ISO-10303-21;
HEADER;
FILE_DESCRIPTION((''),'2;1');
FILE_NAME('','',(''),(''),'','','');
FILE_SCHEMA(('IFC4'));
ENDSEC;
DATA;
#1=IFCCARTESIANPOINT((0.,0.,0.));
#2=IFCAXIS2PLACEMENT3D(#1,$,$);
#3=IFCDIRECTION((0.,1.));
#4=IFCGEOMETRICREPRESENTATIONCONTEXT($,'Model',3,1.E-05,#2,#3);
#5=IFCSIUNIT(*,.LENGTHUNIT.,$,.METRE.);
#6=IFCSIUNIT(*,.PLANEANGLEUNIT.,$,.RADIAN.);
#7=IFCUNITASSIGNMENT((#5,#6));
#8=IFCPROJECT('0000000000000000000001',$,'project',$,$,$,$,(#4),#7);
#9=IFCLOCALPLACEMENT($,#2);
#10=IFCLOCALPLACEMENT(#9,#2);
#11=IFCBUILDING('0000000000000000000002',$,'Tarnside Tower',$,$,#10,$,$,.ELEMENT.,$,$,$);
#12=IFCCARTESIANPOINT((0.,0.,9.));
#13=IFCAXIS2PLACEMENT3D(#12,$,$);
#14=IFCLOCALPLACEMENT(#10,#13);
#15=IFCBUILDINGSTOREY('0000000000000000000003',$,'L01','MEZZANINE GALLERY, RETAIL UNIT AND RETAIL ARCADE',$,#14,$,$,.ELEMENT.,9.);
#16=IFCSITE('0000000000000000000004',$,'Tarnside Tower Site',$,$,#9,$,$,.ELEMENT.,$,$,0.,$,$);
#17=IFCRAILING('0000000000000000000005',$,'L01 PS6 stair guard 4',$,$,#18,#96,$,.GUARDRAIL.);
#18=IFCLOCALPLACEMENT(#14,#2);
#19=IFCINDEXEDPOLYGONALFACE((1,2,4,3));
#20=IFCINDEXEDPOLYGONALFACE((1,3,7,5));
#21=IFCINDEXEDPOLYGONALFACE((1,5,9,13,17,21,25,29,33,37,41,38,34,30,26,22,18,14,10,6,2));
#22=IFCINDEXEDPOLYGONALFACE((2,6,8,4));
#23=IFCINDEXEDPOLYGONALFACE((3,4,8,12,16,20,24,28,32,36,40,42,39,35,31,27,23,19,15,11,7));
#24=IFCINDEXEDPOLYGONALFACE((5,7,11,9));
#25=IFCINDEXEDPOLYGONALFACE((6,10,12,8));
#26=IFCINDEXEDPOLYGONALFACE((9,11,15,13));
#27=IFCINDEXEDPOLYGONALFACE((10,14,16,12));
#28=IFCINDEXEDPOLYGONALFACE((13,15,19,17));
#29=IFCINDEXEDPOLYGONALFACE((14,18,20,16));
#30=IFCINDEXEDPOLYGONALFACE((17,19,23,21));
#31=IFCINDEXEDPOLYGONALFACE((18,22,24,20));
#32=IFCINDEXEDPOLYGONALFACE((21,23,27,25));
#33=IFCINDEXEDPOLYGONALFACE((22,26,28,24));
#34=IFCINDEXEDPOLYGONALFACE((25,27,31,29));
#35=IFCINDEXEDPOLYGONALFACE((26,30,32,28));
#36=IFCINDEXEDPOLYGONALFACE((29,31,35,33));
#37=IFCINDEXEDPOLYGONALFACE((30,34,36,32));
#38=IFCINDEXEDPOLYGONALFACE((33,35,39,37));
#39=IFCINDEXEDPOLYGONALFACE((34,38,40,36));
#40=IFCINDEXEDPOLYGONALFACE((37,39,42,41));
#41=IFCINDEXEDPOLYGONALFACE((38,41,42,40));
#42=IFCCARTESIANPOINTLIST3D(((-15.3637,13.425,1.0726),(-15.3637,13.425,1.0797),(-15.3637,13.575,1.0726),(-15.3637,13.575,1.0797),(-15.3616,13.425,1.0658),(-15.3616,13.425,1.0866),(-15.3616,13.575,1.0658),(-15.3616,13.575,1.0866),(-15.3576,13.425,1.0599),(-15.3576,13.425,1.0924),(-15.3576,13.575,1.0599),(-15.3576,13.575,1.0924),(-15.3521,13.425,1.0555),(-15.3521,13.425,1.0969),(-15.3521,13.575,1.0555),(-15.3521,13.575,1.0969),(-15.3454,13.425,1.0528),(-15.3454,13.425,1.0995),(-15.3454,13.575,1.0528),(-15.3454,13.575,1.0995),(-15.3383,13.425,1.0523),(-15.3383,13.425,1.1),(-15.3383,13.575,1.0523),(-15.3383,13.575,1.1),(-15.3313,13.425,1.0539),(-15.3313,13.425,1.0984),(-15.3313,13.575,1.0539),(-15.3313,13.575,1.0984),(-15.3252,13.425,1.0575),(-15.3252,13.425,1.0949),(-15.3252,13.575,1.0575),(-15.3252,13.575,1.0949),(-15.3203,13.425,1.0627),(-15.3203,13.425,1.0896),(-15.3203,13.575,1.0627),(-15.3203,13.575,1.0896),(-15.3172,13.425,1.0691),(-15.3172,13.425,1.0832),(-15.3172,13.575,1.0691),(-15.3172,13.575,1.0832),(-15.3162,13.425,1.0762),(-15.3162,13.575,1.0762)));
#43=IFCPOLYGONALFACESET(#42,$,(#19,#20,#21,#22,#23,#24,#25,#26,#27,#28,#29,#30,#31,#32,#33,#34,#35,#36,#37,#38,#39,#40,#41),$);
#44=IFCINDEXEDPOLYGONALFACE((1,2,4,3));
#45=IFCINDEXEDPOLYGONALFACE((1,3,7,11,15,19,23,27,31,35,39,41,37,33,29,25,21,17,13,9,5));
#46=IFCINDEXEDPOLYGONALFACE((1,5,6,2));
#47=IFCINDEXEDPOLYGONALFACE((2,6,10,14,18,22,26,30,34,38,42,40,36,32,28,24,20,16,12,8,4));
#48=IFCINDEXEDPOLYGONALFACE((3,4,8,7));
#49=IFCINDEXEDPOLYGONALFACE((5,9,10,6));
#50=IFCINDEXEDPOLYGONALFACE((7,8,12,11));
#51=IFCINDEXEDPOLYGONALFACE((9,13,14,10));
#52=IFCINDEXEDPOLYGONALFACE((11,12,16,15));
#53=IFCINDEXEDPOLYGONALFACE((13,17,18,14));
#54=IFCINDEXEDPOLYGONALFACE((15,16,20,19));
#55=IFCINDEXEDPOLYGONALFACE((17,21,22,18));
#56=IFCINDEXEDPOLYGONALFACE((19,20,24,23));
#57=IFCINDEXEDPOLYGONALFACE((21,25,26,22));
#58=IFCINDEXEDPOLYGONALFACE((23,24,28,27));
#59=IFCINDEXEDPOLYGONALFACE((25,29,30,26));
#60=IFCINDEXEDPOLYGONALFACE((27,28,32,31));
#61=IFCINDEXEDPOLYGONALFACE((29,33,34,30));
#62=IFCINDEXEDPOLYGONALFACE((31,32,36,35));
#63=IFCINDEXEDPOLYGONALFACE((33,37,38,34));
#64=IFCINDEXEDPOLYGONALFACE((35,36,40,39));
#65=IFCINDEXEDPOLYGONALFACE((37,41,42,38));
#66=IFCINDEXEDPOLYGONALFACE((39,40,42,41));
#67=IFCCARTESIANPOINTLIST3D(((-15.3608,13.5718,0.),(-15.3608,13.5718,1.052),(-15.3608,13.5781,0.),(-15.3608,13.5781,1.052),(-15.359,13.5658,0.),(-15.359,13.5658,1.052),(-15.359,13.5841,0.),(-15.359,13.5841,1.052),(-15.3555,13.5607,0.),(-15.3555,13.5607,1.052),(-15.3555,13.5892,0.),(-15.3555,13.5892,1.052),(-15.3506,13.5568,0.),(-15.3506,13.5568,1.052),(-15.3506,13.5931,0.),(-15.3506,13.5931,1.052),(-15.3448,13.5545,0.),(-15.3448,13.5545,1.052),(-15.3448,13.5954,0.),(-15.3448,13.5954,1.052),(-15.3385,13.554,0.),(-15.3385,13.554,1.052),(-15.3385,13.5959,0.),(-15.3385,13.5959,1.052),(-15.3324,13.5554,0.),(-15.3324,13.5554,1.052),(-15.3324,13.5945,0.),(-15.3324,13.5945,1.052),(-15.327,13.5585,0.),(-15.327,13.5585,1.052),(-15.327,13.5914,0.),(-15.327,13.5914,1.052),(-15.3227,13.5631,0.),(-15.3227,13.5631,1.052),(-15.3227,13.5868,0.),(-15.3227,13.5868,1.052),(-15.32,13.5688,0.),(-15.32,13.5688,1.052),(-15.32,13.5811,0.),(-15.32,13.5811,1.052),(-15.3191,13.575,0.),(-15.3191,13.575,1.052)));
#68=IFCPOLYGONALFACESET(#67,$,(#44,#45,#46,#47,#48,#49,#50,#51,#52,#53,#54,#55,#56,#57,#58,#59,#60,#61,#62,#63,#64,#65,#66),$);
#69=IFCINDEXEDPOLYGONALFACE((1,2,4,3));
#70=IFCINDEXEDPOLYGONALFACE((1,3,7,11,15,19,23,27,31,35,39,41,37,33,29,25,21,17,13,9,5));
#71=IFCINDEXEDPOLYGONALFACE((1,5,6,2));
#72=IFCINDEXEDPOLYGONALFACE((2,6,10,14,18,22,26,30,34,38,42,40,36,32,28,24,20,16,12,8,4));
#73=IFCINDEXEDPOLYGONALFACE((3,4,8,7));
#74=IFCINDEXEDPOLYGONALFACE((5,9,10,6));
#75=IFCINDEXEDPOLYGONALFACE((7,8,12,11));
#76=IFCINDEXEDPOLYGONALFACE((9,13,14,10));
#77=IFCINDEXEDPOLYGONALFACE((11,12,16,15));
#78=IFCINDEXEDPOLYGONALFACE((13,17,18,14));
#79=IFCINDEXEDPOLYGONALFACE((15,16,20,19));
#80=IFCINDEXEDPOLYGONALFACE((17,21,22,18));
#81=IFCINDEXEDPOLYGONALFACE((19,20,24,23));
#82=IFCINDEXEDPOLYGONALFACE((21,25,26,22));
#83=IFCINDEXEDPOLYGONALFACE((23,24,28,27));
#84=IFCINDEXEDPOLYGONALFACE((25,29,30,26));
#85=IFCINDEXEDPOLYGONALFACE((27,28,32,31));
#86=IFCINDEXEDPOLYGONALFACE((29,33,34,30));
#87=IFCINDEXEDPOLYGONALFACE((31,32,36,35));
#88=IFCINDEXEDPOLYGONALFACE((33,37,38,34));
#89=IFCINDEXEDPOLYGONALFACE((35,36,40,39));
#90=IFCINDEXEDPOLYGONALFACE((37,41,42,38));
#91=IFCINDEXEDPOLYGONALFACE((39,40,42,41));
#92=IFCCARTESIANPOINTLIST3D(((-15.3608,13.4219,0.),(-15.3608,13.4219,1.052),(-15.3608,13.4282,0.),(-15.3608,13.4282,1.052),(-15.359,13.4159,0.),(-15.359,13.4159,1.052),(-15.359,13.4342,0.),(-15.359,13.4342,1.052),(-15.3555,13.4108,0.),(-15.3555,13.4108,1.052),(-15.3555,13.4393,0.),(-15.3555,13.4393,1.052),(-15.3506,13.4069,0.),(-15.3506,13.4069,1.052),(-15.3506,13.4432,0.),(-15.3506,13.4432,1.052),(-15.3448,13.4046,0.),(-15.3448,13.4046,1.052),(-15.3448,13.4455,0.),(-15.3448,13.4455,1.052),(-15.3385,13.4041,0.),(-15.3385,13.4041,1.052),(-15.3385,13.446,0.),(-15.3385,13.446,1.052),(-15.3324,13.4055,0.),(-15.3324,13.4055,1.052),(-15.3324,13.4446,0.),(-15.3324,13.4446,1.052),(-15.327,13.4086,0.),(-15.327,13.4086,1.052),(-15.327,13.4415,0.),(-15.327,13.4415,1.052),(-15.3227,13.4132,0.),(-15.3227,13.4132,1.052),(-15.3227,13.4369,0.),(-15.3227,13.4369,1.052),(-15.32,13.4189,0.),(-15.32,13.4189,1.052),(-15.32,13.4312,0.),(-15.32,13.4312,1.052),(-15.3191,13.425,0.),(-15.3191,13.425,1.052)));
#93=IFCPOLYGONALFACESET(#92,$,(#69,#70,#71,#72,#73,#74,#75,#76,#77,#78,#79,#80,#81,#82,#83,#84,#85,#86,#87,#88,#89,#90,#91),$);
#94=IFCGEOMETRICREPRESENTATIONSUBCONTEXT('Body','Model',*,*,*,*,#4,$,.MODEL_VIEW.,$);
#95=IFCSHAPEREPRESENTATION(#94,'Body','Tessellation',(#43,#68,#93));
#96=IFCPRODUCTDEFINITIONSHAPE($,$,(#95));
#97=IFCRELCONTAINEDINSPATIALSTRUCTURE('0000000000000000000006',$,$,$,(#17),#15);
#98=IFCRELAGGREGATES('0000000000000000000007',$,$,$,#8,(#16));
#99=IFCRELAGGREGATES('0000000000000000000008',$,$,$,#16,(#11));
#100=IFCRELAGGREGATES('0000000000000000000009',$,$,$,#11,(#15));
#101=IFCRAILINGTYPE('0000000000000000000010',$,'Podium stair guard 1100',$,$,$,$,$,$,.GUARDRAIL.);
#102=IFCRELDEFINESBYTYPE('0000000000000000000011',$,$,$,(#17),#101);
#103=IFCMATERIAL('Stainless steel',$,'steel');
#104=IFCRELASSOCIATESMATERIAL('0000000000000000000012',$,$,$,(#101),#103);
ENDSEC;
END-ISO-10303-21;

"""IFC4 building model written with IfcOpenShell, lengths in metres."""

from ifc_helpers import new_model, si_unit, direction, frame, origin, origin_2d, place, context, subcontext, project, spatial, circle, extrude, material, type_object, element, save


model = new_model("IFC4")

# Units and contexts
model_context = context("Model", 3, precision=1e-05, world=origin(), true_north=direction((0.0, 1.0)))
body_context = subcontext(model_context, "Body", "Model", "MODEL_VIEW")
ifc_project = project(units=[si_unit("LENGTHUNIT", "METRE"), si_unit("PLANEANGLEUNIT", "RADIAN")], contexts=[model_context])

# Site, building, storey
site_placement = place(None, origin())
site = spatial("IfcSite", under=ifc_project, at=site_placement, Name="Tarnside Tower Site", CompositionType="ELEMENT", RefElevation=0.0)
building_placement = place(site_placement, origin())
building = spatial("IfcBuilding", under=site, at=building_placement, Name="Tarnside Tower", CompositionType="ELEMENT")
storey_placement = place(building_placement, frame((0.0, 0.0, 9.0)))
storey = spatial("IfcBuildingStorey", under=building, at=storey_placement, Name="L01", Description="MEZZANINE GALLERY, RETAIL UNIT AND RETAIL ARCADE", CompositionType="ELEMENT", Elevation=9.0)

# Railing
ifc_material_1 = material(Name="Stainless steel", Category="steel")
railing_type_1 = type_object("IfcRailingType", Name="Podium stair guard 1100", PredefinedType="GUARDRAIL", material=ifc_material_1)
railing_1_placement = place(storey_placement, frame((-15.3401, 13.575, 0.0)))
element("IfcRailing", 1, at=railing_1_placement, inside=storey, type_object=railing_type_1, Name="L01 PS6 stair guard 4", PredefinedType="GUARDRAIL", context=body_context, shape_type="SweptSolid", body=[
    extrude(circle(Radius=0.0239, at=origin_2d()), frame((0.0, 0.0, 1.0762), z_axis=(0.0, -1.0, 0.0), x_axis=(1.0, 0.0, 0.0)), (0.0, 0.0, 1.0), 0.1499),
    extrude(circle(Radius=0.021, at=origin_2d()), origin(), (0.0, 0.0, 1.0), 1.052),
    extrude(circle(Radius=0.021, at=origin_2d()), frame((0.0, -0.1499, 0.0)), (0.0, 0.0, 1.0), 1.052),
])

save(model, "model.ifc")
